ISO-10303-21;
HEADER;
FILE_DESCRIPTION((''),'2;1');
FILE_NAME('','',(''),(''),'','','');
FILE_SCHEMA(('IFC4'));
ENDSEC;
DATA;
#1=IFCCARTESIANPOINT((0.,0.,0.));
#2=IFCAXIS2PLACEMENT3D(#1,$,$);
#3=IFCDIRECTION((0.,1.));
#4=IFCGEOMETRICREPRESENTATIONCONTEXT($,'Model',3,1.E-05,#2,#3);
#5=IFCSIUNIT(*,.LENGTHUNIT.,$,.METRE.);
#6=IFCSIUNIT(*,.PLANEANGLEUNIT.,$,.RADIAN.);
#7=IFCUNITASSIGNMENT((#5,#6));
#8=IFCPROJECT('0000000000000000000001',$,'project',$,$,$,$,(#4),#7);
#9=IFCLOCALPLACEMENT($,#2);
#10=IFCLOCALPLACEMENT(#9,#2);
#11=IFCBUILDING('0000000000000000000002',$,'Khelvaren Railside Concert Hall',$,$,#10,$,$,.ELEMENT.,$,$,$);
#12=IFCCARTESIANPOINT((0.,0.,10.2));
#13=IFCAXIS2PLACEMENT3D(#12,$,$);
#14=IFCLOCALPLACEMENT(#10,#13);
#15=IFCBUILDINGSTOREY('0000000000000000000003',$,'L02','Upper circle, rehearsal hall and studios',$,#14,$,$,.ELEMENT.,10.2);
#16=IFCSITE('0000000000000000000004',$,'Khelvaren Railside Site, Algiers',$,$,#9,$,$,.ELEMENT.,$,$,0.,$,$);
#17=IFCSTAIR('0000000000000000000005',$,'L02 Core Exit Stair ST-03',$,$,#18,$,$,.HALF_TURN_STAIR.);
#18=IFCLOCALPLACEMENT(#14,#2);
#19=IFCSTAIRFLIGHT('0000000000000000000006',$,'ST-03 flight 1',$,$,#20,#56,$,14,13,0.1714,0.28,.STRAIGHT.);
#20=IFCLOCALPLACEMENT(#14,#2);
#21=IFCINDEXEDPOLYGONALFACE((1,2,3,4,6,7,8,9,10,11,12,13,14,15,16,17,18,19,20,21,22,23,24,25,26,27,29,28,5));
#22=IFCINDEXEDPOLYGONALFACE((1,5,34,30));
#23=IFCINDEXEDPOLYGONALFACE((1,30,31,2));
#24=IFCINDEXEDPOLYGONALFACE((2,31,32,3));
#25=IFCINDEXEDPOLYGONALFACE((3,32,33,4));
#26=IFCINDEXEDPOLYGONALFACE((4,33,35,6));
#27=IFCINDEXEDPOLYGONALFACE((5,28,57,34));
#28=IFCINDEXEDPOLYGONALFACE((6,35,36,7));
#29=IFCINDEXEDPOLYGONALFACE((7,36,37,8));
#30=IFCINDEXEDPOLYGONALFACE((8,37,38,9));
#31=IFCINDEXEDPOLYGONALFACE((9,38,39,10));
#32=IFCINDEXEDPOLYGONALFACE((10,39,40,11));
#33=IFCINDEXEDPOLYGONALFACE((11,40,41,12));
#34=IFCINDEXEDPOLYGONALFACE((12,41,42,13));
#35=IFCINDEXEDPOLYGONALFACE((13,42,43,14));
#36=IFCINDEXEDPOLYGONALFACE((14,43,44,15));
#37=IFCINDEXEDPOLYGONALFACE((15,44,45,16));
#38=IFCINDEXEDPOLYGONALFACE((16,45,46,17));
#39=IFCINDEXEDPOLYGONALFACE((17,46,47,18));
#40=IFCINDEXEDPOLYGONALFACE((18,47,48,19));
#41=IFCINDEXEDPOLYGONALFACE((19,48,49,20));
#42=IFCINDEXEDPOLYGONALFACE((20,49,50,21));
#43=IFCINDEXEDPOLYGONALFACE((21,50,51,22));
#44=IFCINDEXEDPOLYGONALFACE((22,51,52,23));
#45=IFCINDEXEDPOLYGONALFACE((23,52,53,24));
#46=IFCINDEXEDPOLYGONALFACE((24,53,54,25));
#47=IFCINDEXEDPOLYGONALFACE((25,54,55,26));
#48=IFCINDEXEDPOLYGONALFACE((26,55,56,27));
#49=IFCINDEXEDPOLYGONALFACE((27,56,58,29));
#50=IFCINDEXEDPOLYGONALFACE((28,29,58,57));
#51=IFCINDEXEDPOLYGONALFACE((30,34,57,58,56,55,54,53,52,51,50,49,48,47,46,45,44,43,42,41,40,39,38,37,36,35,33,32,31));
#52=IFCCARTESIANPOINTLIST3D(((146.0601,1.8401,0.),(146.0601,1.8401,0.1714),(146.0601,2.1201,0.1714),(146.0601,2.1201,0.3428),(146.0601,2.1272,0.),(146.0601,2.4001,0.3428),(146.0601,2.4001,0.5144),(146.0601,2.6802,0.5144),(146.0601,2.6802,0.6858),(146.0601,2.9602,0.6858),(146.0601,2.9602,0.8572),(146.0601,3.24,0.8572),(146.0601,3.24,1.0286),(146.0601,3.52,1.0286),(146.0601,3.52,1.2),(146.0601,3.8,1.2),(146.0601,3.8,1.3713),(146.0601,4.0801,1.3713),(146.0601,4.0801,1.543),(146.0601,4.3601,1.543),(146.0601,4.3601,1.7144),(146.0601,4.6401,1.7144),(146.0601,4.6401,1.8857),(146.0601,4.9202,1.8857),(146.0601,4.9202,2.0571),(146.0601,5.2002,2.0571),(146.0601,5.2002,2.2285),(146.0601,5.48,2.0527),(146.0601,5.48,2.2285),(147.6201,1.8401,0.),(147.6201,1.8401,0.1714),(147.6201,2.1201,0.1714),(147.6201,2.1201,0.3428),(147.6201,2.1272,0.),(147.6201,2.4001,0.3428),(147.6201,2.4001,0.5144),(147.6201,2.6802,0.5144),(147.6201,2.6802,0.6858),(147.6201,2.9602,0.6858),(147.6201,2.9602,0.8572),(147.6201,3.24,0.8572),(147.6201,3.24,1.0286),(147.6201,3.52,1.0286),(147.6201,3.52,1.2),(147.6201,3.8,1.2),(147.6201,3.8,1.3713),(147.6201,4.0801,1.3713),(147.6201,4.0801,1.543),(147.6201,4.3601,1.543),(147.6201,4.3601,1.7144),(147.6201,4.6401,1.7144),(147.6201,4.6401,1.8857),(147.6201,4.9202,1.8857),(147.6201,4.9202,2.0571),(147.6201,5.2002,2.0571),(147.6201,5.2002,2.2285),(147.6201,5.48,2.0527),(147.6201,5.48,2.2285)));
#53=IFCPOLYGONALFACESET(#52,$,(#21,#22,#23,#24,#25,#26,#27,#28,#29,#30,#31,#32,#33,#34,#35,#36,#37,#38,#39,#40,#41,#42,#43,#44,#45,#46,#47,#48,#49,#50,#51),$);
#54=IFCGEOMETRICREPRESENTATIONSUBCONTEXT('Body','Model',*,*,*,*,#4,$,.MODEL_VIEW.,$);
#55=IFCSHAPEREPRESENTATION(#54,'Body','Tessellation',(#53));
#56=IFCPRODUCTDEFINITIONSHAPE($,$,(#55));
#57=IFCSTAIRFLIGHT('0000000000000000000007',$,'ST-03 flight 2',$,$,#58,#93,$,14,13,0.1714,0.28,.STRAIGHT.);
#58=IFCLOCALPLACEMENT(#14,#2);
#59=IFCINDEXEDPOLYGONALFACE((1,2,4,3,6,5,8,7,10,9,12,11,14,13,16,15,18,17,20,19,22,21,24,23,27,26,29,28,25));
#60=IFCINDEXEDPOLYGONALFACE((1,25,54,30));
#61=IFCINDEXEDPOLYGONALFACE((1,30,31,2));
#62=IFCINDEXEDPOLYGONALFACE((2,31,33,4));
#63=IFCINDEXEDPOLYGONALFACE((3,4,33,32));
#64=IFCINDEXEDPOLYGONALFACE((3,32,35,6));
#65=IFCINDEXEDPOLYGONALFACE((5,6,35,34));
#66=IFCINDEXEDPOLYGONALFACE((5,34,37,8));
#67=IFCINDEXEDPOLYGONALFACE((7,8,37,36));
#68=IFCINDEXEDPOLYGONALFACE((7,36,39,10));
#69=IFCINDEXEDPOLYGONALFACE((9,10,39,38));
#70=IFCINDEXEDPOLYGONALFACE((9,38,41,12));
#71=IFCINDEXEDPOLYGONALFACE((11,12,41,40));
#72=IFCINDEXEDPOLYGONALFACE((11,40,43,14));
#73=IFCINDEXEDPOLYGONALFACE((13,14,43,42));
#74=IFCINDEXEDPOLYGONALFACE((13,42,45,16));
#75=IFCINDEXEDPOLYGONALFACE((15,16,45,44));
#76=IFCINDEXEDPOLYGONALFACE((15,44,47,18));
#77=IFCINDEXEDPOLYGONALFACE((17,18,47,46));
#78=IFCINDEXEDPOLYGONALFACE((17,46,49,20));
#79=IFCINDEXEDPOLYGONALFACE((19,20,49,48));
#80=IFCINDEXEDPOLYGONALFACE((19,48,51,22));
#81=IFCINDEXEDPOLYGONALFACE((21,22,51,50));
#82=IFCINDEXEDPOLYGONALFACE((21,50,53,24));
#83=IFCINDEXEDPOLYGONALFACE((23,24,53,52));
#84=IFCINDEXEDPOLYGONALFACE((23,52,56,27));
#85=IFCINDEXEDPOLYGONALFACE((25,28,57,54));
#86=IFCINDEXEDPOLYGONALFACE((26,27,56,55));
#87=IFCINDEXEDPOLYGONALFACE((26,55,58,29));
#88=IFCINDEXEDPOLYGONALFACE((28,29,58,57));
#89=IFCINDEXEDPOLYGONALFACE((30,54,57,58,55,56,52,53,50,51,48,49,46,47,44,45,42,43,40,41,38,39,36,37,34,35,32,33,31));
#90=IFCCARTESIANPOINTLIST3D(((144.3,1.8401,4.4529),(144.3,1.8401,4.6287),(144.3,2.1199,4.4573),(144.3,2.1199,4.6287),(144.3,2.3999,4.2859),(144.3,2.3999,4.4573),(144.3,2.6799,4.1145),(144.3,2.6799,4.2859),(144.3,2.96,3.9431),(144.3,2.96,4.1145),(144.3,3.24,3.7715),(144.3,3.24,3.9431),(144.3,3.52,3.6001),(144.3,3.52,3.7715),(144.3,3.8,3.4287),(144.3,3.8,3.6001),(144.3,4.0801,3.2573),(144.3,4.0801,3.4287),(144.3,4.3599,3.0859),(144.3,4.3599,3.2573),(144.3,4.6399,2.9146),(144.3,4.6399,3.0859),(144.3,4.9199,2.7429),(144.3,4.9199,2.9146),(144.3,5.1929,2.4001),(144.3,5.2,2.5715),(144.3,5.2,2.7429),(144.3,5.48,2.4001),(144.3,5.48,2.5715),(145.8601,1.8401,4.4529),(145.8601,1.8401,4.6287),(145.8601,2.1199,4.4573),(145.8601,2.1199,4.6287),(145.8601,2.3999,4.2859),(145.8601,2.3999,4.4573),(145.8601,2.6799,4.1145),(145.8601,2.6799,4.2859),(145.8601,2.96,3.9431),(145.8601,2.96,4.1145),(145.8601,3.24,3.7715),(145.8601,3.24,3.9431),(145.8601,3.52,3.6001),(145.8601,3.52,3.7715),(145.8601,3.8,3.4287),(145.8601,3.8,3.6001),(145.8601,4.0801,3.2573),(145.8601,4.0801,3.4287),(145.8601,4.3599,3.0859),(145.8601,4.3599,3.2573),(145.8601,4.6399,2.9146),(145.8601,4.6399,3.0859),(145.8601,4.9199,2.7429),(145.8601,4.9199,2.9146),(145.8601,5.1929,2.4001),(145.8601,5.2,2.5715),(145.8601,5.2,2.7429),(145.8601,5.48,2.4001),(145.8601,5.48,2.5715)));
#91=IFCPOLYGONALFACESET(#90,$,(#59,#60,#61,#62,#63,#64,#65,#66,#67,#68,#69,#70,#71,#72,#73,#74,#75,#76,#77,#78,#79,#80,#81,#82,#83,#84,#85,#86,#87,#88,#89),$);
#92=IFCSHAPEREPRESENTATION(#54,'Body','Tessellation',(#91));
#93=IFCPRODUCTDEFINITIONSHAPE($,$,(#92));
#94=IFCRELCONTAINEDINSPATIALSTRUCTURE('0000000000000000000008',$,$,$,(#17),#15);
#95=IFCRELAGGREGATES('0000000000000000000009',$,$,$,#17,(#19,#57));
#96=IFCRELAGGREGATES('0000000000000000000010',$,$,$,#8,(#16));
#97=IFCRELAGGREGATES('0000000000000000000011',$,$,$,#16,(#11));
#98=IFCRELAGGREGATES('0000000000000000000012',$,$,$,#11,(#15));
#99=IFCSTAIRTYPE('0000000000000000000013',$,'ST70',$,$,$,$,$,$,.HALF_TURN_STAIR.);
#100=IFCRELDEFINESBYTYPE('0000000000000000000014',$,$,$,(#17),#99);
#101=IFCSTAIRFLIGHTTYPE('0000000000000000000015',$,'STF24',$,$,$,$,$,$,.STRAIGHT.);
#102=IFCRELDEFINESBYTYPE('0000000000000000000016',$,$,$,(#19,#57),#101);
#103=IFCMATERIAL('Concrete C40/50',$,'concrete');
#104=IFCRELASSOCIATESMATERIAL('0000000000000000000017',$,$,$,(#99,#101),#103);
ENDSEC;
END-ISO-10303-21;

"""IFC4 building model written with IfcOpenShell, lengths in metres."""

from ifc_helpers import new_model, si_unit, direction, frame, origin, place, context, subcontext, project, spatial, polyline, outline, extrude, material, type_object, element, aggregate, save


model = new_model("IFC4")

# Units and contexts
model_context = context("Model", 3, precision=1e-05, world=origin(), true_north=direction((0.0, 1.0)))
body_context = subcontext(model_context, "Body", "Model", "MODEL_VIEW")
ifc_project = project(units=[si_unit("LENGTHUNIT", "METRE"), si_unit("PLANEANGLEUNIT", "RADIAN")], contexts=[model_context])

# Site, building, storey
site_placement = place(None, origin())
site = spatial("IfcSite", under=ifc_project, at=site_placement, Name="Khelvaren Railside Site, Algiers", CompositionType="ELEMENT", RefElevation=0.0)
building_placement = place(site_placement, origin())
building = spatial("IfcBuilding", under=site, at=building_placement, Name="Khelvaren Railside Concert Hall", CompositionType="ELEMENT")
storey_placement = place(building_placement, frame((0.0, 0.0, 10.2)))
storey = spatial("IfcBuildingStorey", under=building, at=storey_placement, Name="L02", Description="Upper circle, rehearsal hall and studios", CompositionType="ELEMENT", Elevation=10.2)

# Shared definitions
ifc_material_1 = material(Name="Concrete C40/50", Category="concrete")

# Stair, stair flights
stair_type = type_object("IfcStairType", Name="ST70", PredefinedType="HALF_TURN_STAIR", material=ifc_material_1)
stair_placement = place(storey_placement, origin())
stair = element("IfcStair", 1, at=stair_placement, inside=storey, type_object=stair_type, Name="L02 Core Exit Stair ST-03", PredefinedType="HALF_TURN_STAIR")
stair_flight_type = type_object("IfcStairFlightType", Name="STF24", PredefinedType="STRAIGHT", material=ifc_material_1)
stair_flight_1_placement = place(storey_placement, frame((146.8401, 1.8401, 0.0), z_axis=(0.0, 0.0, 1.0), x_axis=(0.0, 1.0, 0.0)))
stair_flight_1 = element("IfcStairFlight", 2, at=stair_flight_1_placement, type_object=stair_flight_type, Name="ST-03 flight 1", NumberOfRisers=14, NumberOfTreads=13, PredefinedType="STRAIGHT", RiserHeight=0.1714, TreadLength=0.28, context=body_context, shape_type="SweptSolid", body=[
    extrude(outline(polyline([(0.0, 0.0), (0.0, 0.1714), (0.28, 0.1714), (0.28, 0.3428), (0.5601, 0.3428), (0.5601, 0.5144), (0.8401, 0.5144), (0.8401, 0.6858), (1.1201, 0.6858), (1.1201, 0.8572), (1.3999, 0.8572), (1.3999, 1.0286), (1.6799, 1.0286), (1.6799, 1.2), (1.96, 1.2), (1.96, 1.3713), (2.24, 1.3713), (2.24, 1.543), (2.52, 1.543), (2.52, 1.7144), (2.8, 1.7144), (2.8, 1.8857), (3.0801, 1.8857), (3.0801, 2.0571), (3.3601, 2.0571), (3.3601, 2.2285), (3.6399, 2.2285), (3.6399, 2.3999), (3.6399, 2.0527), (0.2871, 0.0), (0.0, 0.0)])), frame((0.0, 0.78, 0.0), z_axis=(0.0, -1.0, 0.0), x_axis=(1.0, 0.0, 0.0)), (0.0, 0.0, 1.0), 1.5601),
])
stair_flight_2_placement = place(storey_placement, frame((145.0801, 5.48, 2.4001), z_axis=(0.0, 0.0, 1.0), x_axis=(0.0, -1.0, 0.0)))
stair_flight_2 = element("IfcStairFlight", 3, at=stair_flight_2_placement, type_object=stair_flight_type, Name="ST-03 flight 2", NumberOfRisers=14, NumberOfTreads=13, PredefinedType="STRAIGHT", RiserHeight=0.1714, TreadLength=0.28, context=body_context, shape_type="SweptSolid", body=[
    extrude(outline(polyline([(0.0, 0.0), (0.0, 0.1714), (0.28, 0.1714), (0.28, 0.3428), (0.5601, 0.3428), (0.5601, 0.5144), (0.8401, 0.5144), (0.8401, 0.6858), (1.1201, 0.6858), (1.1201, 0.8572), (1.3999, 0.8572), (1.3999, 1.0286), (1.6799, 1.0286), (1.6799, 1.2), (1.96, 1.2), (1.96, 1.3713), (2.24, 1.3713), (2.24, 1.543), (2.52, 1.543), (2.52, 1.7144), (2.8, 1.7144), (2.8, 1.8857), (3.0801, 1.8857), (3.0801, 2.0571), (3.3601, 2.0571), (3.3601, 2.2285), (3.6399, 2.2285), (3.6399, 2.3999), (3.6399, 2.0527), (0.2871, 0.0), (0.0, 0.0)])), frame((0.0, 0.78, 0.0), z_axis=(0.0, -1.0, 0.0), x_axis=(1.0, 0.0, 0.0)), (0.0, 0.0, 1.0), 1.5601),
])
aggregate(stair, [stair_flight_1, stair_flight_2])

save(model, "model.ifc")
